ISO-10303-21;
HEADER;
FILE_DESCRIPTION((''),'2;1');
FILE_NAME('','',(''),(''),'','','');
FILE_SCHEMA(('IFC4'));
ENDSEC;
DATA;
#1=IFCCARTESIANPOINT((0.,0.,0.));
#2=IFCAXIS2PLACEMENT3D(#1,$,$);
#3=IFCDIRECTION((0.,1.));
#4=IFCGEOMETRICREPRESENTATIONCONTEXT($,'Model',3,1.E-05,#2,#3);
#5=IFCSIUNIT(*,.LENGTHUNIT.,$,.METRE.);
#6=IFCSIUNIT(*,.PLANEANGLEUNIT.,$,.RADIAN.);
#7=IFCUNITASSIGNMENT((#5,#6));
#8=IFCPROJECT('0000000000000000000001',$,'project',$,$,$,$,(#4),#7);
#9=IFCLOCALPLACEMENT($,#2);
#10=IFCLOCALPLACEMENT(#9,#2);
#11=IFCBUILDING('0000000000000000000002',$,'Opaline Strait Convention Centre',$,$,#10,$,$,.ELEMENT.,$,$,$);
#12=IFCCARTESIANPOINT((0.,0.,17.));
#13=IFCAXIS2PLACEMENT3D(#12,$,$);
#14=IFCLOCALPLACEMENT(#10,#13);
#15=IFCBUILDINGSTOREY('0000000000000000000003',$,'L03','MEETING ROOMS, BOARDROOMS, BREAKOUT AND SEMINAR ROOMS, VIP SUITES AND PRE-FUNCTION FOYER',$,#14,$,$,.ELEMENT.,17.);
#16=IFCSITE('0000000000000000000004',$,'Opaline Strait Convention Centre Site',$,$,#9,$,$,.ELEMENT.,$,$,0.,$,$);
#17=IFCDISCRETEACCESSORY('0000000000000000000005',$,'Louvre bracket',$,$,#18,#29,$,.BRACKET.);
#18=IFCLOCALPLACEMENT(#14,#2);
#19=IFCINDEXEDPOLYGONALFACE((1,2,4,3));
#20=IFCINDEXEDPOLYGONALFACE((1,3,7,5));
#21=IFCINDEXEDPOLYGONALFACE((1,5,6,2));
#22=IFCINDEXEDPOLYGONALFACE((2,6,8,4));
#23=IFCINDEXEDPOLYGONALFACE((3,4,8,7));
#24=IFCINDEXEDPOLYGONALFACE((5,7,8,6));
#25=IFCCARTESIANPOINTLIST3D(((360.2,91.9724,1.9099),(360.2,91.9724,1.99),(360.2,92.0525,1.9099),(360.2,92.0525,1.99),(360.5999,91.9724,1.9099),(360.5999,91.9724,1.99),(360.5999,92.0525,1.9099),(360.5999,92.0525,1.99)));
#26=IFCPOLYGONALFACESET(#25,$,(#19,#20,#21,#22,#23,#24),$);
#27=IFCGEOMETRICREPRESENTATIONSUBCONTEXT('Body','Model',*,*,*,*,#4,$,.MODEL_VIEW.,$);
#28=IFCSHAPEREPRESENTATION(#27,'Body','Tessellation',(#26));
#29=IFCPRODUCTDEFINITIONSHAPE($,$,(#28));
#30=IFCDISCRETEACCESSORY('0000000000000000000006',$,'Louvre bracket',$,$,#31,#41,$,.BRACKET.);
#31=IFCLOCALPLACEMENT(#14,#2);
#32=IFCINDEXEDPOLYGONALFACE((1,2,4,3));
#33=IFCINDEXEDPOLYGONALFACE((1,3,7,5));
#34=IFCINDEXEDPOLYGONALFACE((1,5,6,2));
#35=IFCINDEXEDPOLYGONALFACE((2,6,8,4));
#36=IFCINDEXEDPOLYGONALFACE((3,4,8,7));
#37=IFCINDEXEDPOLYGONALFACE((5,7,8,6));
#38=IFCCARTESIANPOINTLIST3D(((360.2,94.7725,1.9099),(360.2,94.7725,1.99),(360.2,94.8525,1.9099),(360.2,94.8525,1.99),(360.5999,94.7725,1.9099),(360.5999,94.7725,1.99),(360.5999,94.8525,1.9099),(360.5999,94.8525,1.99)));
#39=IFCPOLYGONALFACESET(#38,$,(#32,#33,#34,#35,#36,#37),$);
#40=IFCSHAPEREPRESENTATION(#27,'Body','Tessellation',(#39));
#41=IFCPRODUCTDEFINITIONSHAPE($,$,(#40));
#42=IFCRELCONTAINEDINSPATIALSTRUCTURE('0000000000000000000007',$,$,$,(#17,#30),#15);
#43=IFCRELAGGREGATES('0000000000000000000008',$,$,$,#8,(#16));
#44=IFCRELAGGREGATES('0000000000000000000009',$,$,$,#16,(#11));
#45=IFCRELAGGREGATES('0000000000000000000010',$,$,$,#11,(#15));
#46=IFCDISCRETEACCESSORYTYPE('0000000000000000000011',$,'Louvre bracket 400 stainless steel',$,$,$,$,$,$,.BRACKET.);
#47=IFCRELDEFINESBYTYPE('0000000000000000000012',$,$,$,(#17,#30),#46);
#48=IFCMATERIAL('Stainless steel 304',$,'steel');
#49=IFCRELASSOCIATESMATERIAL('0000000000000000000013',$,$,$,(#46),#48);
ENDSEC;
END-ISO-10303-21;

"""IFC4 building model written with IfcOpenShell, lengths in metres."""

from ifc_helpers import new_model, si_unit, direction, frame, origin, origin_2d, place, context, subcontext, project, spatial, rectangle, extrude, material, type_object, element, save


model = new_model("IFC4")

# Units and contexts
model_context = context("Model", 3, precision=1e-05, world=origin(), true_north=direction((0.0, 1.0)))
body_context = subcontext(model_context, "Body", "Model", "MODEL_VIEW")
ifc_project = project(units=[si_unit("LENGTHUNIT", "METRE"), si_unit("PLANEANGLEUNIT", "RADIAN")], contexts=[model_context])

# Site, building, storey
site_placement = place(None, origin())
site = spatial("IfcSite", under=ifc_project, at=site_placement, Name="Opaline Strait Convention Centre Site", CompositionType="ELEMENT", RefElevation=0.0)
building_placement = place(site_placement, origin())
building = spatial("IfcBuilding", under=site, at=building_placement, Name="Opaline Strait Convention Centre", CompositionType="ELEMENT")
storey_placement = place(building_placement, frame((0.0, 0.0, 17.0)))
storey = spatial("IfcBuildingStorey", under=building, at=storey_placement, Name="L03", Description="MEETING ROOMS, BOARDROOMS, BREAKOUT AND SEMINAR ROOMS, VIP SUITES AND PRE-FUNCTION FOYER", CompositionType="ELEMENT", Elevation=17.0)

# Discrete accessories
ifc_material_1 = material(Name="Stainless steel 304", Category="steel")
discrete_accessory_type_1 = type_object("IfcDiscreteAccessoryType", Name="Louvre bracket 400 stainless steel", PredefinedType="BRACKET", material=ifc_material_1)
for number, where, z_axis, x_axis, name in (
    (1, (360.3999, 92.0125, 1.9099), (0.0, 0.0, 1.0), (1.0, 0.0, 0.0), "Louvre bracket"),
    (2, (360.3999, 94.8125, 1.9099), (0.0, 0.0, 1.0), (1.0, 0.0, 0.0), "Louvre bracket"),
):
    element("IfcDiscreteAccessory", number, at=place(storey_placement, frame(where, z_axis=z_axis, x_axis=x_axis)), inside=storey, type_object=discrete_accessory_type_1, Name=name, PredefinedType="BRACKET", context=body_context, shape_type="SweptSolid", body=[
        extrude(rectangle(XDim=0.3999, YDim=0.0801, at=origin_2d()), origin(), (0.0, 0.0, 1.0), 0.0801),
    ])

save(model, "model.ifc")
